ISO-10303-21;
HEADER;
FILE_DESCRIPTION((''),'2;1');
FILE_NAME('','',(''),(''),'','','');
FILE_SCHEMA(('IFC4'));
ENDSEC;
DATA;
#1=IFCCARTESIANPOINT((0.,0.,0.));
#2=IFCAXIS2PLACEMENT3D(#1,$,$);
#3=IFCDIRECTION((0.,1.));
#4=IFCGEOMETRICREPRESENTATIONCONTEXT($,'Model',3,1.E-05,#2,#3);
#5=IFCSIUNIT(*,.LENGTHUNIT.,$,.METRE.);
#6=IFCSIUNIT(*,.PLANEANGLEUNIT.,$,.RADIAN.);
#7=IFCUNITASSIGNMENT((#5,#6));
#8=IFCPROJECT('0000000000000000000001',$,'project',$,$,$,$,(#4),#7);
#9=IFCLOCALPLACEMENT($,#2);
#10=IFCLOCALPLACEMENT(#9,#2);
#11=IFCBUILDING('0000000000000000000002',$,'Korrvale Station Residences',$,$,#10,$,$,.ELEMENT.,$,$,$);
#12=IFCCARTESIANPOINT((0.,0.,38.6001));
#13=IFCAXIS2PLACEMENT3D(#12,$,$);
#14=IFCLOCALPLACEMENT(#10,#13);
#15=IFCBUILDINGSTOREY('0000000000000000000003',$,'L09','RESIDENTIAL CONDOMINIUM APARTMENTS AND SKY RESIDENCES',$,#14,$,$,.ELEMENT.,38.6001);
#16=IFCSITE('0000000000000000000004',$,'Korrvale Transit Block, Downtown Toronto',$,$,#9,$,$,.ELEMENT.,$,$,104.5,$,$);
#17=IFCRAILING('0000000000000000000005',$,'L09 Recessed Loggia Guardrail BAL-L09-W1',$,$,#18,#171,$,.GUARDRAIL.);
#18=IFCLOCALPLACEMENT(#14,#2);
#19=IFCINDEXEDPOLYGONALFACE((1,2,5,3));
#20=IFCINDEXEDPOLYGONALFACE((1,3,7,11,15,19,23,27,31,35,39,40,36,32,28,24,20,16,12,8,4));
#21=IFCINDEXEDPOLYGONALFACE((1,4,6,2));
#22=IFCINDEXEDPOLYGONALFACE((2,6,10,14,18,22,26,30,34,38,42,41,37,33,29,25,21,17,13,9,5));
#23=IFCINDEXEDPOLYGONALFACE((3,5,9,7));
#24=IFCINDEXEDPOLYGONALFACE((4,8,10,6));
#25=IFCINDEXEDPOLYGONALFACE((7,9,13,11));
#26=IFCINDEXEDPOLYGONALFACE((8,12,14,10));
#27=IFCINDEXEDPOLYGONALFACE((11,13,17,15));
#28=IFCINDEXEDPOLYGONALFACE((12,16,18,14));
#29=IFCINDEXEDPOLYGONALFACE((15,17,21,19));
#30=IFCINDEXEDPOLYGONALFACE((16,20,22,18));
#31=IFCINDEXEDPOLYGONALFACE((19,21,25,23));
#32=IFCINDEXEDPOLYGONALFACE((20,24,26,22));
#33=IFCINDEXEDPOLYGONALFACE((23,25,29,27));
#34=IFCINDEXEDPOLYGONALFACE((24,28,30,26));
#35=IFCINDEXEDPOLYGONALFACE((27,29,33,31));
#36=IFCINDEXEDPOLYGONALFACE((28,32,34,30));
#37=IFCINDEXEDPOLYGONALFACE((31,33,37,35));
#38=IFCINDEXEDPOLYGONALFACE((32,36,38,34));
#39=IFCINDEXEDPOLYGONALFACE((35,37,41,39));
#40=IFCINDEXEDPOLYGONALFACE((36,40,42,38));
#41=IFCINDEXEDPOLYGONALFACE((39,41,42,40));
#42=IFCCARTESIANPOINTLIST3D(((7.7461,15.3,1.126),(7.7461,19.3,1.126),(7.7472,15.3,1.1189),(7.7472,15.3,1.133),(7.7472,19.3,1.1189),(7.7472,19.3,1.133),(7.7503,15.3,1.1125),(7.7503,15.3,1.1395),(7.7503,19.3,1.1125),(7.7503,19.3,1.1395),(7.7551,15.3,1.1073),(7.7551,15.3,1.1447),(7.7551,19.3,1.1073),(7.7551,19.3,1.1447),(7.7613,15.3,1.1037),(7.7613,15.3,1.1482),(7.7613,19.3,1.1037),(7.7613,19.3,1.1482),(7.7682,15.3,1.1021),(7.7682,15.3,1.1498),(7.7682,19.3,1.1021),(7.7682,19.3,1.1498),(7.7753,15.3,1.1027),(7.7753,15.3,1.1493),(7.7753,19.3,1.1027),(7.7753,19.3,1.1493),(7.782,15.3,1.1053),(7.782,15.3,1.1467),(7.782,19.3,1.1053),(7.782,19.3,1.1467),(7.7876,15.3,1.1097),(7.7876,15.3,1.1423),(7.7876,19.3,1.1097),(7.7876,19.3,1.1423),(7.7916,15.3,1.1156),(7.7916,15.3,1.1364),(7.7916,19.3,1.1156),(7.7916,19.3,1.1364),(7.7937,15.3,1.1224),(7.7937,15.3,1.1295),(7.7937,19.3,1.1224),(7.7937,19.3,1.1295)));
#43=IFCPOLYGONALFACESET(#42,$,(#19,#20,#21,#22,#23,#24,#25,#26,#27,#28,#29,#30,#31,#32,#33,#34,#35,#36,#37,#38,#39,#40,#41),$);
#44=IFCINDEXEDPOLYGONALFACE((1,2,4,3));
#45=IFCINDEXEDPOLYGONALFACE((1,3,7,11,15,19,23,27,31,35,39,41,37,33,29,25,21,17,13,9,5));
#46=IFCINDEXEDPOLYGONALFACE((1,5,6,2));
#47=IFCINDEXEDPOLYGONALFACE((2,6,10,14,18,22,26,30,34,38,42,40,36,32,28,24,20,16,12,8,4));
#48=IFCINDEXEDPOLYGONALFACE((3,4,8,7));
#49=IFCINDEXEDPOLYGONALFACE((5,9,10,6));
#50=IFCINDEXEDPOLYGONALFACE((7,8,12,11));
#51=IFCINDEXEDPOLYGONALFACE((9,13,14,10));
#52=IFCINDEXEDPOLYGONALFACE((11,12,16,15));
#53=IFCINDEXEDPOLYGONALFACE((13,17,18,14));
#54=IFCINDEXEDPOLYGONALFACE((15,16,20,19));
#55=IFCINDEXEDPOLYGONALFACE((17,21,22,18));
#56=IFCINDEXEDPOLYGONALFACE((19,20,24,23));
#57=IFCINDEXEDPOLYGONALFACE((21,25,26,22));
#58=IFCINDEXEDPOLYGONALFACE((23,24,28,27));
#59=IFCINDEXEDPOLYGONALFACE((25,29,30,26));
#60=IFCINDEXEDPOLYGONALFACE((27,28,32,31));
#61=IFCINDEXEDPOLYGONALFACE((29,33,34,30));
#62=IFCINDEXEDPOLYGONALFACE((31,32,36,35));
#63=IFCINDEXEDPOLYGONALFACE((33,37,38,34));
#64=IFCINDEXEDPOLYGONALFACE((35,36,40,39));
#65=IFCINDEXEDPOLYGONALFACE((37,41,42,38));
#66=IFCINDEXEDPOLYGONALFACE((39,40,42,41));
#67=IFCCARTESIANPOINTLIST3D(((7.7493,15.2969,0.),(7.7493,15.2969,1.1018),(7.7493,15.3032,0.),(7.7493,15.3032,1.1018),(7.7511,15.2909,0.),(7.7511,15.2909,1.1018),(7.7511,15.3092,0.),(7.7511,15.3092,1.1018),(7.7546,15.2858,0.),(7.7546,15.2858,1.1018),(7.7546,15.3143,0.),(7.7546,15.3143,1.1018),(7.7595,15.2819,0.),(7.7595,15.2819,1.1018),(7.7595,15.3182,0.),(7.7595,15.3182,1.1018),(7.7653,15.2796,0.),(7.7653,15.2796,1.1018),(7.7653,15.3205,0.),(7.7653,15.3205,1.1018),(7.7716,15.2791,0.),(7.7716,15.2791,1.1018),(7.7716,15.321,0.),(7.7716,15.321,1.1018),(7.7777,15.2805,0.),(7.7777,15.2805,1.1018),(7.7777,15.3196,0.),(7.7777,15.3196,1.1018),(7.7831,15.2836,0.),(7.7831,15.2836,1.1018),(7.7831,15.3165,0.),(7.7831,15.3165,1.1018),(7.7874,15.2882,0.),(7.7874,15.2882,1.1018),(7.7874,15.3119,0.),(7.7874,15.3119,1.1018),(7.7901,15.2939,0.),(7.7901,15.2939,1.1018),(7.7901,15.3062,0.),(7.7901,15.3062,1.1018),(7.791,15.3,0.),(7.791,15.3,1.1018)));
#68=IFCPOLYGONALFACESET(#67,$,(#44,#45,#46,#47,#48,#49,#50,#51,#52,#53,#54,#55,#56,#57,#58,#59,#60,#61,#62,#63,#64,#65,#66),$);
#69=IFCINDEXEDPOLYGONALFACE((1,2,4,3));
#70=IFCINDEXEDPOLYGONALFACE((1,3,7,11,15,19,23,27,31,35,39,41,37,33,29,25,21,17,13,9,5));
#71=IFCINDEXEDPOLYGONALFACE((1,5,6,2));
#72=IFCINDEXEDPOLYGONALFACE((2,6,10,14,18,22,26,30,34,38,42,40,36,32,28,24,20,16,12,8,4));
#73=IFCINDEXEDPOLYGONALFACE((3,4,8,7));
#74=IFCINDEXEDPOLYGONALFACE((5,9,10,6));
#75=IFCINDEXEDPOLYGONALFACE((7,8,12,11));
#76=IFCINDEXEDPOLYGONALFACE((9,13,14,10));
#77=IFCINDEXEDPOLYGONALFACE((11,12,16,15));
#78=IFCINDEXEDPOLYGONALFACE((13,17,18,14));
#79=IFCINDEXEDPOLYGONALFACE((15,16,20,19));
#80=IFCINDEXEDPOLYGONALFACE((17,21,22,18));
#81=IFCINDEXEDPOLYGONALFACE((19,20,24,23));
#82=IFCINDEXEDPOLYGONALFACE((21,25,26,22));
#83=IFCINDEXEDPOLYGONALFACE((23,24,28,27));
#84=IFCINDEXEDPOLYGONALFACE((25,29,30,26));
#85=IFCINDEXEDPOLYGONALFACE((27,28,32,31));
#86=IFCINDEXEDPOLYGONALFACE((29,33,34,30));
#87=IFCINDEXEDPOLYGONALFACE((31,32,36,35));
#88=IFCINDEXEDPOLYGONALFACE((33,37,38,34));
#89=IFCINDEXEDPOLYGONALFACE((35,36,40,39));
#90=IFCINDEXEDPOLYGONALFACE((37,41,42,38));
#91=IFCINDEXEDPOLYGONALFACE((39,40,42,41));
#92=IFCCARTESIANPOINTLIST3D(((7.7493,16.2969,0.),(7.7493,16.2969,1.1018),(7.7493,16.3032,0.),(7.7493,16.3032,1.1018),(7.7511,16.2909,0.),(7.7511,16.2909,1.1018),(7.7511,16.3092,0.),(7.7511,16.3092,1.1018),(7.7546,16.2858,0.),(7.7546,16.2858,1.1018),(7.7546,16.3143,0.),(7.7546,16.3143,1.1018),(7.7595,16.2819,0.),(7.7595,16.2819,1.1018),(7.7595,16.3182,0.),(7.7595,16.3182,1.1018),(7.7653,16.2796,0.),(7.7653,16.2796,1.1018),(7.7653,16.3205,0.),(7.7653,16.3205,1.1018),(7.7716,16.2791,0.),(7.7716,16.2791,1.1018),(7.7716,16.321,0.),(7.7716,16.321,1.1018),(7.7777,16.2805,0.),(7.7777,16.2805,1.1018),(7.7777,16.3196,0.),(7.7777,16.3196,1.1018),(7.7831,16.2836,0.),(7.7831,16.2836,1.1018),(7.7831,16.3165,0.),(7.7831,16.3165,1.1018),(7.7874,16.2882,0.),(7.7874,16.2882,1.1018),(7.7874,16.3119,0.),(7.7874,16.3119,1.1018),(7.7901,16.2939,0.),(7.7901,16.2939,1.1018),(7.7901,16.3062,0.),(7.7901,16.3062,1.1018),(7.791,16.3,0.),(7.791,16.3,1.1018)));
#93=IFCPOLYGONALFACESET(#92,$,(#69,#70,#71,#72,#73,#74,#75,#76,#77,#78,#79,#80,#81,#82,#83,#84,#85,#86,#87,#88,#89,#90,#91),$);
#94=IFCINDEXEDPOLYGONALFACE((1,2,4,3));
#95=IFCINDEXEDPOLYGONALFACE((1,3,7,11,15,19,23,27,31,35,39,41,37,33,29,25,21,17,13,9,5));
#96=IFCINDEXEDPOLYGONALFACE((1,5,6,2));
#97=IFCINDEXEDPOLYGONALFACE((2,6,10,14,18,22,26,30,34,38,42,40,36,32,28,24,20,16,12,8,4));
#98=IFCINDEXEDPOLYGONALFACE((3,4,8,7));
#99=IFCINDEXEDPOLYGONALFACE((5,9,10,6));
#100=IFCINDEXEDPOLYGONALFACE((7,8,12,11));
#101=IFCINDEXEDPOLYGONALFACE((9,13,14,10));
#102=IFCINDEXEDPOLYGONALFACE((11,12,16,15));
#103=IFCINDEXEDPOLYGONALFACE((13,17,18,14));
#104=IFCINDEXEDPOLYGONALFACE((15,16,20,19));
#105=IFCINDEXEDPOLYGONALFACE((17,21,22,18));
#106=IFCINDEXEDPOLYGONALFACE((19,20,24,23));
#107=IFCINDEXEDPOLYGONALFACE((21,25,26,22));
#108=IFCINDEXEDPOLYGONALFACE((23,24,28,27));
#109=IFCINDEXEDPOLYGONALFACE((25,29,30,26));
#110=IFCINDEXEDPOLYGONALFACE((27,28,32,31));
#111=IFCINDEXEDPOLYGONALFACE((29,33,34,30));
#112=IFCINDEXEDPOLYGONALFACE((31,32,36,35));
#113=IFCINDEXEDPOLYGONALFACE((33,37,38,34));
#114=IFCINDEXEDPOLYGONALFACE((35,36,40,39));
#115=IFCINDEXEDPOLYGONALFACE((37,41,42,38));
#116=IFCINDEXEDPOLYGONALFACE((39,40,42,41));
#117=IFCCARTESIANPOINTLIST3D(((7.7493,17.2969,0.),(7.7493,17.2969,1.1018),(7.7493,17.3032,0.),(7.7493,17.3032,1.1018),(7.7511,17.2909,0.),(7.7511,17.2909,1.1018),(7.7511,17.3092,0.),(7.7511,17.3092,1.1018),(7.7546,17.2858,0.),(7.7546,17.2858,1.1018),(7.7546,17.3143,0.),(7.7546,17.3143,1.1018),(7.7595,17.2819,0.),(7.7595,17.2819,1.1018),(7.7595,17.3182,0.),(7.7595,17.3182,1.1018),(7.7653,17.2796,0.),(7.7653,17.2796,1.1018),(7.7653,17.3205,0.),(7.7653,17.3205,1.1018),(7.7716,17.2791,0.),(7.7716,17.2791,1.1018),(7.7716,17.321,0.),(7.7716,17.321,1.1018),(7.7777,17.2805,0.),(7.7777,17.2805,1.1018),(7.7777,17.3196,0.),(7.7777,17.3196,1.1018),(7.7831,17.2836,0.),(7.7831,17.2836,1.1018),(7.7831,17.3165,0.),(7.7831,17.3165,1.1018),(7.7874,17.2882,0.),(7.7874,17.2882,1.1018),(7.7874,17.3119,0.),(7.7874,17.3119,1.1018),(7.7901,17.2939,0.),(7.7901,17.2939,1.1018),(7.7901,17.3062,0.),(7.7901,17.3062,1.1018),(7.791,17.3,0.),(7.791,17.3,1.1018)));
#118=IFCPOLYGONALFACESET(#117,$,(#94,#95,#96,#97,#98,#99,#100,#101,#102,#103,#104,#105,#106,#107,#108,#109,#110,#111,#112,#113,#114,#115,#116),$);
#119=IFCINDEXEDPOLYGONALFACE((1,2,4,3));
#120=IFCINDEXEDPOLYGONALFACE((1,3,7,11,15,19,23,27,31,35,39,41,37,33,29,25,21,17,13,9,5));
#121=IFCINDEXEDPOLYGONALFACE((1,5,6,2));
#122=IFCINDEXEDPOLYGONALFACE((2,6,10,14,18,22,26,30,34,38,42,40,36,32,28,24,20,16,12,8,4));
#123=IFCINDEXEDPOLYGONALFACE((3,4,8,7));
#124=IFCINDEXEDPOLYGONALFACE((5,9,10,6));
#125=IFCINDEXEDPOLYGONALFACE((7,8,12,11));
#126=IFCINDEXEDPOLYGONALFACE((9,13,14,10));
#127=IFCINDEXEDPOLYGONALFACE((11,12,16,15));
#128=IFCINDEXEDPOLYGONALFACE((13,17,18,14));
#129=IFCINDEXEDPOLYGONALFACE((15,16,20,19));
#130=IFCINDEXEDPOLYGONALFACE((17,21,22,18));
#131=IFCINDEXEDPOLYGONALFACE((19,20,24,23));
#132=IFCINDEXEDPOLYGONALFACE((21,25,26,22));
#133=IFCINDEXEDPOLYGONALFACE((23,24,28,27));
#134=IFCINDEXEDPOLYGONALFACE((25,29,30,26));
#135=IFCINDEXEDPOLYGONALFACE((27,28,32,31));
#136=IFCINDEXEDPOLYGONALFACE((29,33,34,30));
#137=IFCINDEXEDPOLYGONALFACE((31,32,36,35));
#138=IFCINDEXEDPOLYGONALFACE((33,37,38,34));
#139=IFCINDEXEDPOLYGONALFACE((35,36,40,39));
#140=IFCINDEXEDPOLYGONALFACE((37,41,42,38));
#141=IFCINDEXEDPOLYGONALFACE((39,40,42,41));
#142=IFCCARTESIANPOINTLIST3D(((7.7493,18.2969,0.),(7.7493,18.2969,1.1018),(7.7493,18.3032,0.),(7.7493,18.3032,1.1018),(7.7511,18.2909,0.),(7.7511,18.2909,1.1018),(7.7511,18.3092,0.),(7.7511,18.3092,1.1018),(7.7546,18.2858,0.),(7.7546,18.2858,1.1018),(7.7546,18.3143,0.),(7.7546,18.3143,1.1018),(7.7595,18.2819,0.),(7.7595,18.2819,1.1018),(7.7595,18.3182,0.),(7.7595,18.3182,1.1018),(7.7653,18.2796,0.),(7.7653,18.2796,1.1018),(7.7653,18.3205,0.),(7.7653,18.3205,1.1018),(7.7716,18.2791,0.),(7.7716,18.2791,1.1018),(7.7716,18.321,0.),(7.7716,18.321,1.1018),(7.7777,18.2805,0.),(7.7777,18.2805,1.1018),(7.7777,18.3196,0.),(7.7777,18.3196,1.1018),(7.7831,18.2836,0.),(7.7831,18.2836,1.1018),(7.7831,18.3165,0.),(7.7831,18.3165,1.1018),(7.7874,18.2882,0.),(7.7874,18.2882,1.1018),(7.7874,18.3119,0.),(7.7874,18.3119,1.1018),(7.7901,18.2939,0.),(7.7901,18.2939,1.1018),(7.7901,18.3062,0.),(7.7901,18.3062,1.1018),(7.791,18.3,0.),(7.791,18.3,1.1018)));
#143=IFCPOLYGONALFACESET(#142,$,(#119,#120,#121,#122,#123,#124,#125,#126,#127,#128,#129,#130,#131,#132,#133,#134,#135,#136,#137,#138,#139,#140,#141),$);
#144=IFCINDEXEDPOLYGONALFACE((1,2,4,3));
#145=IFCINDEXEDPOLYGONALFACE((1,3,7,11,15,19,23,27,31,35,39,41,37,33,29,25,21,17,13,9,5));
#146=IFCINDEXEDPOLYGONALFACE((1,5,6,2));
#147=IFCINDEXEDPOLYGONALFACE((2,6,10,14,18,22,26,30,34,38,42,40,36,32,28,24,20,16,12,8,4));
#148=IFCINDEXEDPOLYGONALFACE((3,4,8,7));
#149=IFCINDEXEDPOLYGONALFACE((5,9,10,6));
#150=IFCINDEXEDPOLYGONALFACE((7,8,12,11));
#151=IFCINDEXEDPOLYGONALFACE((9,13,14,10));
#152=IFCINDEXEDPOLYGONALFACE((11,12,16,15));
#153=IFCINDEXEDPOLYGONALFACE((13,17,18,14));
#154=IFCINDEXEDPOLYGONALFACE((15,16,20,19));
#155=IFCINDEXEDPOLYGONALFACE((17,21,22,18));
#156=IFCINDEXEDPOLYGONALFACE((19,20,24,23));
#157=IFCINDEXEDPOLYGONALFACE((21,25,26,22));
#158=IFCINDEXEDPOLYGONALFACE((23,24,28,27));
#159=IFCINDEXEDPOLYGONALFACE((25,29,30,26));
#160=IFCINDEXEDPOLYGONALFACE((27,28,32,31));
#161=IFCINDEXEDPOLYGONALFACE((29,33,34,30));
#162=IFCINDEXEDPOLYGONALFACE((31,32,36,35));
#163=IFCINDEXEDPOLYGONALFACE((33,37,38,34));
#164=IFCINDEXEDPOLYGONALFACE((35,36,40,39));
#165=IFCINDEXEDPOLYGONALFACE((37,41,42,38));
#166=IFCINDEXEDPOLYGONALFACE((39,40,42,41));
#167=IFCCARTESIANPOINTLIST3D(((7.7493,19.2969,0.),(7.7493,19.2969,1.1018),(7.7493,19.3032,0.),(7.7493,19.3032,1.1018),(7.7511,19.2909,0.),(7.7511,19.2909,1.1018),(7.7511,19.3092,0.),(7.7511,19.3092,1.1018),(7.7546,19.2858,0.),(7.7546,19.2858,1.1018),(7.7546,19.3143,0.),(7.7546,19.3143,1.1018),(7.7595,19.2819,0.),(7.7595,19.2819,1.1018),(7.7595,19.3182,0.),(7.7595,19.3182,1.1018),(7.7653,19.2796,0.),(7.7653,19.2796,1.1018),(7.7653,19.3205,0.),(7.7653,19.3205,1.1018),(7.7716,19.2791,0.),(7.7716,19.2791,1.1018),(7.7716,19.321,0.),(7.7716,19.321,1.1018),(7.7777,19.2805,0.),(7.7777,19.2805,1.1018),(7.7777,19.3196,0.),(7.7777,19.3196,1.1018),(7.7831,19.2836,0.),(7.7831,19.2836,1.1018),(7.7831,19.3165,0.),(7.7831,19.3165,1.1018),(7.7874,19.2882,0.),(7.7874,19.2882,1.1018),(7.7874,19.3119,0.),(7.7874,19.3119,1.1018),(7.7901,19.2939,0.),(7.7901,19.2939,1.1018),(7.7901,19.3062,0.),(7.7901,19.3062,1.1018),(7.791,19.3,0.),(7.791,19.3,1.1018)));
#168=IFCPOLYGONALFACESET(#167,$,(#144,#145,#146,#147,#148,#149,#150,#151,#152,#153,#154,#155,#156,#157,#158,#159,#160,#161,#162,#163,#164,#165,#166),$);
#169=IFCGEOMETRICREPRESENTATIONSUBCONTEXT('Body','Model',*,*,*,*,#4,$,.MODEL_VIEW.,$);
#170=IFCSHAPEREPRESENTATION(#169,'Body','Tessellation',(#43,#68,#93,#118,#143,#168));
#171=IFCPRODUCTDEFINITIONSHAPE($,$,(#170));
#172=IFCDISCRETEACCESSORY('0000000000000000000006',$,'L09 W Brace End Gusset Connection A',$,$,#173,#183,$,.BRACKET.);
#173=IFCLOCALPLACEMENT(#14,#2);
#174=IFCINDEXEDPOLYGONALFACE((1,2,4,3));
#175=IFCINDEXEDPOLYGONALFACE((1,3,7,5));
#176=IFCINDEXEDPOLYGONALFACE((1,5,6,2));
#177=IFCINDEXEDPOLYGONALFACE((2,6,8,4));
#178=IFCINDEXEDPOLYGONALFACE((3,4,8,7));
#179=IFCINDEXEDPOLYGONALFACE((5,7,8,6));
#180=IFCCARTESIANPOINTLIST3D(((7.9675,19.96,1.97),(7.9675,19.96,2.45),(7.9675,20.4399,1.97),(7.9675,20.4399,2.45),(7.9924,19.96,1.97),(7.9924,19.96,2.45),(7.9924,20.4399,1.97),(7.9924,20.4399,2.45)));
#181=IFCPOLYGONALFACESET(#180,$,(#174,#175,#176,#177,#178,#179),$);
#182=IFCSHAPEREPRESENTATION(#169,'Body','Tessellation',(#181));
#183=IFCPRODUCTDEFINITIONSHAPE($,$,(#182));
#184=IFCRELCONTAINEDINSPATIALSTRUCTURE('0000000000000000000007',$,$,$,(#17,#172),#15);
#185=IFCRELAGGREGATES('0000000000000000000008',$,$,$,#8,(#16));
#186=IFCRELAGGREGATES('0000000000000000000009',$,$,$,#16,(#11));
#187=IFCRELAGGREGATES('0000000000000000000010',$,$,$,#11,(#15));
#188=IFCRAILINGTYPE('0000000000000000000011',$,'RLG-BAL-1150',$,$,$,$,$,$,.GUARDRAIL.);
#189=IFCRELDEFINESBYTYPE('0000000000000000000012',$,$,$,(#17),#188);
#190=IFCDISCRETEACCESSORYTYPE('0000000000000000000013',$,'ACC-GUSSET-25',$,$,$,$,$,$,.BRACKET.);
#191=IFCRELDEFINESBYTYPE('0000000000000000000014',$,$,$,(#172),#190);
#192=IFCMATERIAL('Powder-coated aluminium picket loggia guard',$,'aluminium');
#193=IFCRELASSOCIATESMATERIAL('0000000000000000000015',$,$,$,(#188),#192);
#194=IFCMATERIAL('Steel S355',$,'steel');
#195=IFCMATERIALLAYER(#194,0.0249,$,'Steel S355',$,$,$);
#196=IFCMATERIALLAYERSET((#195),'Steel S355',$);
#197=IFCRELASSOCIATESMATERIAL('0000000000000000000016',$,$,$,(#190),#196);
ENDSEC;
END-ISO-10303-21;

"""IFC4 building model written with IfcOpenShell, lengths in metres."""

from ifc_helpers import new_model, si_unit, direction, frame, origin, origin_2d, place, context, subcontext, project, spatial, rectangle, circle, extrude, material, layer, layer_set, type_object, element, save


model = new_model("IFC4")

# Units and contexts
model_context = context("Model", 3, precision=1e-05, world=origin(), true_north=direction((0.0, 1.0)))
body_context = subcontext(model_context, "Body", "Model", "MODEL_VIEW")
ifc_project = project(units=[si_unit("LENGTHUNIT", "METRE"), si_unit("PLANEANGLEUNIT", "RADIAN")], contexts=[model_context])

# Site, building, storey
site_placement = place(None, origin())
site = spatial("IfcSite", under=ifc_project, at=site_placement, Name="Korrvale Transit Block, Downtown Toronto", CompositionType="ELEMENT", RefElevation=104.5)
building_placement = place(site_placement, origin())
building = spatial("IfcBuilding", under=site, at=building_placement, Name="Korrvale Station Residences", CompositionType="ELEMENT")
storey_placement = place(building_placement, frame((0.0, 0.0, 38.6001)))
storey = spatial("IfcBuildingStorey", under=building, at=storey_placement, Name="L09", Description="RESIDENTIAL CONDOMINIUM APARTMENTS AND SKY RESIDENCES", CompositionType="ELEMENT", Elevation=38.6001)

# Shared definitions
ifc_material_1 = material(Name="Steel S355", Category="steel")

# Railing
ifc_material_2 = material(Name="Powder-coated aluminium picket loggia guard", Category="aluminium")
railing_type = type_object("IfcRailingType", Name="RLG-BAL-1150", PredefinedType="GUARDRAIL", material=ifc_material_2)
railing_placement = place(storey_placement, frame((7.77, 15.3, 0.0)))
element("IfcRailing", 1, at=railing_placement, inside=storey, type_object=railing_type, Name="L09 Recessed Loggia Guardrail BAL-L09-W1", PredefinedType="GUARDRAIL", context=body_context, shape_type="SweptSolid", body=[
    extrude(circle(Radius=0.0239, at=origin_2d()), frame((0.0, 0.0, 1.126), z_axis=(0.0, 1.0, 0.0), x_axis=(-1.0, 0.0, 0.0)), (0.0, 0.0, 1.0), 4.0),
    extrude(circle(Radius=0.021, at=origin_2d()), origin(), (0.0, 0.0, 1.0), 1.1018),
    extrude(circle(Radius=0.021, at=origin_2d()), frame((0.0, 1.0, 0.0)), (0.0, 0.0, 1.0), 1.1018),
    extrude(circle(Radius=0.021, at=origin_2d()), frame((0.0, 2.0, 0.0)), (0.0, 0.0, 1.0), 1.1018),
    extrude(circle(Radius=0.021, at=origin_2d()), frame((0.0, 3.0, 0.0)), (0.0, 0.0, 1.0), 1.1018),
    extrude(circle(Radius=0.021, at=origin_2d()), frame((0.0, 4.0, 0.0)), (0.0, 0.0, 1.0), 1.1018),
])

# Discrete accessory
ifc_layer_1 = layer(ifc_material_1, 0.0249, Name="Steel S355")
ifc_layer_set_1 = layer_set([ifc_layer_1], Name="Steel S355")
discrete_accessory_type = type_object("IfcDiscreteAccessoryType", Name="ACC-GUSSET-25", PredefinedType="BRACKET", material=ifc_layer_set_1)
discrete_accessory_placement = place(storey_placement, frame((7.98, 20.2, 1.97), z_axis=(0.0, 0.0, 1.0), x_axis=(0.0, 1.0, 0.0)))
element("IfcDiscreteAccessory", 2, at=discrete_accessory_placement, inside=storey, type_object=discrete_accessory_type, Name="L09 W Brace End Gusset Connection A", PredefinedType="BRACKET", context=body_context, shape_type="SweptSolid", body=[
    extrude(rectangle(XDim=0.48, YDim=0.0249, at=origin_2d()), origin(), (0.0, 0.0, 1.0), 0.48),
])

save(model, "model.ifc")
